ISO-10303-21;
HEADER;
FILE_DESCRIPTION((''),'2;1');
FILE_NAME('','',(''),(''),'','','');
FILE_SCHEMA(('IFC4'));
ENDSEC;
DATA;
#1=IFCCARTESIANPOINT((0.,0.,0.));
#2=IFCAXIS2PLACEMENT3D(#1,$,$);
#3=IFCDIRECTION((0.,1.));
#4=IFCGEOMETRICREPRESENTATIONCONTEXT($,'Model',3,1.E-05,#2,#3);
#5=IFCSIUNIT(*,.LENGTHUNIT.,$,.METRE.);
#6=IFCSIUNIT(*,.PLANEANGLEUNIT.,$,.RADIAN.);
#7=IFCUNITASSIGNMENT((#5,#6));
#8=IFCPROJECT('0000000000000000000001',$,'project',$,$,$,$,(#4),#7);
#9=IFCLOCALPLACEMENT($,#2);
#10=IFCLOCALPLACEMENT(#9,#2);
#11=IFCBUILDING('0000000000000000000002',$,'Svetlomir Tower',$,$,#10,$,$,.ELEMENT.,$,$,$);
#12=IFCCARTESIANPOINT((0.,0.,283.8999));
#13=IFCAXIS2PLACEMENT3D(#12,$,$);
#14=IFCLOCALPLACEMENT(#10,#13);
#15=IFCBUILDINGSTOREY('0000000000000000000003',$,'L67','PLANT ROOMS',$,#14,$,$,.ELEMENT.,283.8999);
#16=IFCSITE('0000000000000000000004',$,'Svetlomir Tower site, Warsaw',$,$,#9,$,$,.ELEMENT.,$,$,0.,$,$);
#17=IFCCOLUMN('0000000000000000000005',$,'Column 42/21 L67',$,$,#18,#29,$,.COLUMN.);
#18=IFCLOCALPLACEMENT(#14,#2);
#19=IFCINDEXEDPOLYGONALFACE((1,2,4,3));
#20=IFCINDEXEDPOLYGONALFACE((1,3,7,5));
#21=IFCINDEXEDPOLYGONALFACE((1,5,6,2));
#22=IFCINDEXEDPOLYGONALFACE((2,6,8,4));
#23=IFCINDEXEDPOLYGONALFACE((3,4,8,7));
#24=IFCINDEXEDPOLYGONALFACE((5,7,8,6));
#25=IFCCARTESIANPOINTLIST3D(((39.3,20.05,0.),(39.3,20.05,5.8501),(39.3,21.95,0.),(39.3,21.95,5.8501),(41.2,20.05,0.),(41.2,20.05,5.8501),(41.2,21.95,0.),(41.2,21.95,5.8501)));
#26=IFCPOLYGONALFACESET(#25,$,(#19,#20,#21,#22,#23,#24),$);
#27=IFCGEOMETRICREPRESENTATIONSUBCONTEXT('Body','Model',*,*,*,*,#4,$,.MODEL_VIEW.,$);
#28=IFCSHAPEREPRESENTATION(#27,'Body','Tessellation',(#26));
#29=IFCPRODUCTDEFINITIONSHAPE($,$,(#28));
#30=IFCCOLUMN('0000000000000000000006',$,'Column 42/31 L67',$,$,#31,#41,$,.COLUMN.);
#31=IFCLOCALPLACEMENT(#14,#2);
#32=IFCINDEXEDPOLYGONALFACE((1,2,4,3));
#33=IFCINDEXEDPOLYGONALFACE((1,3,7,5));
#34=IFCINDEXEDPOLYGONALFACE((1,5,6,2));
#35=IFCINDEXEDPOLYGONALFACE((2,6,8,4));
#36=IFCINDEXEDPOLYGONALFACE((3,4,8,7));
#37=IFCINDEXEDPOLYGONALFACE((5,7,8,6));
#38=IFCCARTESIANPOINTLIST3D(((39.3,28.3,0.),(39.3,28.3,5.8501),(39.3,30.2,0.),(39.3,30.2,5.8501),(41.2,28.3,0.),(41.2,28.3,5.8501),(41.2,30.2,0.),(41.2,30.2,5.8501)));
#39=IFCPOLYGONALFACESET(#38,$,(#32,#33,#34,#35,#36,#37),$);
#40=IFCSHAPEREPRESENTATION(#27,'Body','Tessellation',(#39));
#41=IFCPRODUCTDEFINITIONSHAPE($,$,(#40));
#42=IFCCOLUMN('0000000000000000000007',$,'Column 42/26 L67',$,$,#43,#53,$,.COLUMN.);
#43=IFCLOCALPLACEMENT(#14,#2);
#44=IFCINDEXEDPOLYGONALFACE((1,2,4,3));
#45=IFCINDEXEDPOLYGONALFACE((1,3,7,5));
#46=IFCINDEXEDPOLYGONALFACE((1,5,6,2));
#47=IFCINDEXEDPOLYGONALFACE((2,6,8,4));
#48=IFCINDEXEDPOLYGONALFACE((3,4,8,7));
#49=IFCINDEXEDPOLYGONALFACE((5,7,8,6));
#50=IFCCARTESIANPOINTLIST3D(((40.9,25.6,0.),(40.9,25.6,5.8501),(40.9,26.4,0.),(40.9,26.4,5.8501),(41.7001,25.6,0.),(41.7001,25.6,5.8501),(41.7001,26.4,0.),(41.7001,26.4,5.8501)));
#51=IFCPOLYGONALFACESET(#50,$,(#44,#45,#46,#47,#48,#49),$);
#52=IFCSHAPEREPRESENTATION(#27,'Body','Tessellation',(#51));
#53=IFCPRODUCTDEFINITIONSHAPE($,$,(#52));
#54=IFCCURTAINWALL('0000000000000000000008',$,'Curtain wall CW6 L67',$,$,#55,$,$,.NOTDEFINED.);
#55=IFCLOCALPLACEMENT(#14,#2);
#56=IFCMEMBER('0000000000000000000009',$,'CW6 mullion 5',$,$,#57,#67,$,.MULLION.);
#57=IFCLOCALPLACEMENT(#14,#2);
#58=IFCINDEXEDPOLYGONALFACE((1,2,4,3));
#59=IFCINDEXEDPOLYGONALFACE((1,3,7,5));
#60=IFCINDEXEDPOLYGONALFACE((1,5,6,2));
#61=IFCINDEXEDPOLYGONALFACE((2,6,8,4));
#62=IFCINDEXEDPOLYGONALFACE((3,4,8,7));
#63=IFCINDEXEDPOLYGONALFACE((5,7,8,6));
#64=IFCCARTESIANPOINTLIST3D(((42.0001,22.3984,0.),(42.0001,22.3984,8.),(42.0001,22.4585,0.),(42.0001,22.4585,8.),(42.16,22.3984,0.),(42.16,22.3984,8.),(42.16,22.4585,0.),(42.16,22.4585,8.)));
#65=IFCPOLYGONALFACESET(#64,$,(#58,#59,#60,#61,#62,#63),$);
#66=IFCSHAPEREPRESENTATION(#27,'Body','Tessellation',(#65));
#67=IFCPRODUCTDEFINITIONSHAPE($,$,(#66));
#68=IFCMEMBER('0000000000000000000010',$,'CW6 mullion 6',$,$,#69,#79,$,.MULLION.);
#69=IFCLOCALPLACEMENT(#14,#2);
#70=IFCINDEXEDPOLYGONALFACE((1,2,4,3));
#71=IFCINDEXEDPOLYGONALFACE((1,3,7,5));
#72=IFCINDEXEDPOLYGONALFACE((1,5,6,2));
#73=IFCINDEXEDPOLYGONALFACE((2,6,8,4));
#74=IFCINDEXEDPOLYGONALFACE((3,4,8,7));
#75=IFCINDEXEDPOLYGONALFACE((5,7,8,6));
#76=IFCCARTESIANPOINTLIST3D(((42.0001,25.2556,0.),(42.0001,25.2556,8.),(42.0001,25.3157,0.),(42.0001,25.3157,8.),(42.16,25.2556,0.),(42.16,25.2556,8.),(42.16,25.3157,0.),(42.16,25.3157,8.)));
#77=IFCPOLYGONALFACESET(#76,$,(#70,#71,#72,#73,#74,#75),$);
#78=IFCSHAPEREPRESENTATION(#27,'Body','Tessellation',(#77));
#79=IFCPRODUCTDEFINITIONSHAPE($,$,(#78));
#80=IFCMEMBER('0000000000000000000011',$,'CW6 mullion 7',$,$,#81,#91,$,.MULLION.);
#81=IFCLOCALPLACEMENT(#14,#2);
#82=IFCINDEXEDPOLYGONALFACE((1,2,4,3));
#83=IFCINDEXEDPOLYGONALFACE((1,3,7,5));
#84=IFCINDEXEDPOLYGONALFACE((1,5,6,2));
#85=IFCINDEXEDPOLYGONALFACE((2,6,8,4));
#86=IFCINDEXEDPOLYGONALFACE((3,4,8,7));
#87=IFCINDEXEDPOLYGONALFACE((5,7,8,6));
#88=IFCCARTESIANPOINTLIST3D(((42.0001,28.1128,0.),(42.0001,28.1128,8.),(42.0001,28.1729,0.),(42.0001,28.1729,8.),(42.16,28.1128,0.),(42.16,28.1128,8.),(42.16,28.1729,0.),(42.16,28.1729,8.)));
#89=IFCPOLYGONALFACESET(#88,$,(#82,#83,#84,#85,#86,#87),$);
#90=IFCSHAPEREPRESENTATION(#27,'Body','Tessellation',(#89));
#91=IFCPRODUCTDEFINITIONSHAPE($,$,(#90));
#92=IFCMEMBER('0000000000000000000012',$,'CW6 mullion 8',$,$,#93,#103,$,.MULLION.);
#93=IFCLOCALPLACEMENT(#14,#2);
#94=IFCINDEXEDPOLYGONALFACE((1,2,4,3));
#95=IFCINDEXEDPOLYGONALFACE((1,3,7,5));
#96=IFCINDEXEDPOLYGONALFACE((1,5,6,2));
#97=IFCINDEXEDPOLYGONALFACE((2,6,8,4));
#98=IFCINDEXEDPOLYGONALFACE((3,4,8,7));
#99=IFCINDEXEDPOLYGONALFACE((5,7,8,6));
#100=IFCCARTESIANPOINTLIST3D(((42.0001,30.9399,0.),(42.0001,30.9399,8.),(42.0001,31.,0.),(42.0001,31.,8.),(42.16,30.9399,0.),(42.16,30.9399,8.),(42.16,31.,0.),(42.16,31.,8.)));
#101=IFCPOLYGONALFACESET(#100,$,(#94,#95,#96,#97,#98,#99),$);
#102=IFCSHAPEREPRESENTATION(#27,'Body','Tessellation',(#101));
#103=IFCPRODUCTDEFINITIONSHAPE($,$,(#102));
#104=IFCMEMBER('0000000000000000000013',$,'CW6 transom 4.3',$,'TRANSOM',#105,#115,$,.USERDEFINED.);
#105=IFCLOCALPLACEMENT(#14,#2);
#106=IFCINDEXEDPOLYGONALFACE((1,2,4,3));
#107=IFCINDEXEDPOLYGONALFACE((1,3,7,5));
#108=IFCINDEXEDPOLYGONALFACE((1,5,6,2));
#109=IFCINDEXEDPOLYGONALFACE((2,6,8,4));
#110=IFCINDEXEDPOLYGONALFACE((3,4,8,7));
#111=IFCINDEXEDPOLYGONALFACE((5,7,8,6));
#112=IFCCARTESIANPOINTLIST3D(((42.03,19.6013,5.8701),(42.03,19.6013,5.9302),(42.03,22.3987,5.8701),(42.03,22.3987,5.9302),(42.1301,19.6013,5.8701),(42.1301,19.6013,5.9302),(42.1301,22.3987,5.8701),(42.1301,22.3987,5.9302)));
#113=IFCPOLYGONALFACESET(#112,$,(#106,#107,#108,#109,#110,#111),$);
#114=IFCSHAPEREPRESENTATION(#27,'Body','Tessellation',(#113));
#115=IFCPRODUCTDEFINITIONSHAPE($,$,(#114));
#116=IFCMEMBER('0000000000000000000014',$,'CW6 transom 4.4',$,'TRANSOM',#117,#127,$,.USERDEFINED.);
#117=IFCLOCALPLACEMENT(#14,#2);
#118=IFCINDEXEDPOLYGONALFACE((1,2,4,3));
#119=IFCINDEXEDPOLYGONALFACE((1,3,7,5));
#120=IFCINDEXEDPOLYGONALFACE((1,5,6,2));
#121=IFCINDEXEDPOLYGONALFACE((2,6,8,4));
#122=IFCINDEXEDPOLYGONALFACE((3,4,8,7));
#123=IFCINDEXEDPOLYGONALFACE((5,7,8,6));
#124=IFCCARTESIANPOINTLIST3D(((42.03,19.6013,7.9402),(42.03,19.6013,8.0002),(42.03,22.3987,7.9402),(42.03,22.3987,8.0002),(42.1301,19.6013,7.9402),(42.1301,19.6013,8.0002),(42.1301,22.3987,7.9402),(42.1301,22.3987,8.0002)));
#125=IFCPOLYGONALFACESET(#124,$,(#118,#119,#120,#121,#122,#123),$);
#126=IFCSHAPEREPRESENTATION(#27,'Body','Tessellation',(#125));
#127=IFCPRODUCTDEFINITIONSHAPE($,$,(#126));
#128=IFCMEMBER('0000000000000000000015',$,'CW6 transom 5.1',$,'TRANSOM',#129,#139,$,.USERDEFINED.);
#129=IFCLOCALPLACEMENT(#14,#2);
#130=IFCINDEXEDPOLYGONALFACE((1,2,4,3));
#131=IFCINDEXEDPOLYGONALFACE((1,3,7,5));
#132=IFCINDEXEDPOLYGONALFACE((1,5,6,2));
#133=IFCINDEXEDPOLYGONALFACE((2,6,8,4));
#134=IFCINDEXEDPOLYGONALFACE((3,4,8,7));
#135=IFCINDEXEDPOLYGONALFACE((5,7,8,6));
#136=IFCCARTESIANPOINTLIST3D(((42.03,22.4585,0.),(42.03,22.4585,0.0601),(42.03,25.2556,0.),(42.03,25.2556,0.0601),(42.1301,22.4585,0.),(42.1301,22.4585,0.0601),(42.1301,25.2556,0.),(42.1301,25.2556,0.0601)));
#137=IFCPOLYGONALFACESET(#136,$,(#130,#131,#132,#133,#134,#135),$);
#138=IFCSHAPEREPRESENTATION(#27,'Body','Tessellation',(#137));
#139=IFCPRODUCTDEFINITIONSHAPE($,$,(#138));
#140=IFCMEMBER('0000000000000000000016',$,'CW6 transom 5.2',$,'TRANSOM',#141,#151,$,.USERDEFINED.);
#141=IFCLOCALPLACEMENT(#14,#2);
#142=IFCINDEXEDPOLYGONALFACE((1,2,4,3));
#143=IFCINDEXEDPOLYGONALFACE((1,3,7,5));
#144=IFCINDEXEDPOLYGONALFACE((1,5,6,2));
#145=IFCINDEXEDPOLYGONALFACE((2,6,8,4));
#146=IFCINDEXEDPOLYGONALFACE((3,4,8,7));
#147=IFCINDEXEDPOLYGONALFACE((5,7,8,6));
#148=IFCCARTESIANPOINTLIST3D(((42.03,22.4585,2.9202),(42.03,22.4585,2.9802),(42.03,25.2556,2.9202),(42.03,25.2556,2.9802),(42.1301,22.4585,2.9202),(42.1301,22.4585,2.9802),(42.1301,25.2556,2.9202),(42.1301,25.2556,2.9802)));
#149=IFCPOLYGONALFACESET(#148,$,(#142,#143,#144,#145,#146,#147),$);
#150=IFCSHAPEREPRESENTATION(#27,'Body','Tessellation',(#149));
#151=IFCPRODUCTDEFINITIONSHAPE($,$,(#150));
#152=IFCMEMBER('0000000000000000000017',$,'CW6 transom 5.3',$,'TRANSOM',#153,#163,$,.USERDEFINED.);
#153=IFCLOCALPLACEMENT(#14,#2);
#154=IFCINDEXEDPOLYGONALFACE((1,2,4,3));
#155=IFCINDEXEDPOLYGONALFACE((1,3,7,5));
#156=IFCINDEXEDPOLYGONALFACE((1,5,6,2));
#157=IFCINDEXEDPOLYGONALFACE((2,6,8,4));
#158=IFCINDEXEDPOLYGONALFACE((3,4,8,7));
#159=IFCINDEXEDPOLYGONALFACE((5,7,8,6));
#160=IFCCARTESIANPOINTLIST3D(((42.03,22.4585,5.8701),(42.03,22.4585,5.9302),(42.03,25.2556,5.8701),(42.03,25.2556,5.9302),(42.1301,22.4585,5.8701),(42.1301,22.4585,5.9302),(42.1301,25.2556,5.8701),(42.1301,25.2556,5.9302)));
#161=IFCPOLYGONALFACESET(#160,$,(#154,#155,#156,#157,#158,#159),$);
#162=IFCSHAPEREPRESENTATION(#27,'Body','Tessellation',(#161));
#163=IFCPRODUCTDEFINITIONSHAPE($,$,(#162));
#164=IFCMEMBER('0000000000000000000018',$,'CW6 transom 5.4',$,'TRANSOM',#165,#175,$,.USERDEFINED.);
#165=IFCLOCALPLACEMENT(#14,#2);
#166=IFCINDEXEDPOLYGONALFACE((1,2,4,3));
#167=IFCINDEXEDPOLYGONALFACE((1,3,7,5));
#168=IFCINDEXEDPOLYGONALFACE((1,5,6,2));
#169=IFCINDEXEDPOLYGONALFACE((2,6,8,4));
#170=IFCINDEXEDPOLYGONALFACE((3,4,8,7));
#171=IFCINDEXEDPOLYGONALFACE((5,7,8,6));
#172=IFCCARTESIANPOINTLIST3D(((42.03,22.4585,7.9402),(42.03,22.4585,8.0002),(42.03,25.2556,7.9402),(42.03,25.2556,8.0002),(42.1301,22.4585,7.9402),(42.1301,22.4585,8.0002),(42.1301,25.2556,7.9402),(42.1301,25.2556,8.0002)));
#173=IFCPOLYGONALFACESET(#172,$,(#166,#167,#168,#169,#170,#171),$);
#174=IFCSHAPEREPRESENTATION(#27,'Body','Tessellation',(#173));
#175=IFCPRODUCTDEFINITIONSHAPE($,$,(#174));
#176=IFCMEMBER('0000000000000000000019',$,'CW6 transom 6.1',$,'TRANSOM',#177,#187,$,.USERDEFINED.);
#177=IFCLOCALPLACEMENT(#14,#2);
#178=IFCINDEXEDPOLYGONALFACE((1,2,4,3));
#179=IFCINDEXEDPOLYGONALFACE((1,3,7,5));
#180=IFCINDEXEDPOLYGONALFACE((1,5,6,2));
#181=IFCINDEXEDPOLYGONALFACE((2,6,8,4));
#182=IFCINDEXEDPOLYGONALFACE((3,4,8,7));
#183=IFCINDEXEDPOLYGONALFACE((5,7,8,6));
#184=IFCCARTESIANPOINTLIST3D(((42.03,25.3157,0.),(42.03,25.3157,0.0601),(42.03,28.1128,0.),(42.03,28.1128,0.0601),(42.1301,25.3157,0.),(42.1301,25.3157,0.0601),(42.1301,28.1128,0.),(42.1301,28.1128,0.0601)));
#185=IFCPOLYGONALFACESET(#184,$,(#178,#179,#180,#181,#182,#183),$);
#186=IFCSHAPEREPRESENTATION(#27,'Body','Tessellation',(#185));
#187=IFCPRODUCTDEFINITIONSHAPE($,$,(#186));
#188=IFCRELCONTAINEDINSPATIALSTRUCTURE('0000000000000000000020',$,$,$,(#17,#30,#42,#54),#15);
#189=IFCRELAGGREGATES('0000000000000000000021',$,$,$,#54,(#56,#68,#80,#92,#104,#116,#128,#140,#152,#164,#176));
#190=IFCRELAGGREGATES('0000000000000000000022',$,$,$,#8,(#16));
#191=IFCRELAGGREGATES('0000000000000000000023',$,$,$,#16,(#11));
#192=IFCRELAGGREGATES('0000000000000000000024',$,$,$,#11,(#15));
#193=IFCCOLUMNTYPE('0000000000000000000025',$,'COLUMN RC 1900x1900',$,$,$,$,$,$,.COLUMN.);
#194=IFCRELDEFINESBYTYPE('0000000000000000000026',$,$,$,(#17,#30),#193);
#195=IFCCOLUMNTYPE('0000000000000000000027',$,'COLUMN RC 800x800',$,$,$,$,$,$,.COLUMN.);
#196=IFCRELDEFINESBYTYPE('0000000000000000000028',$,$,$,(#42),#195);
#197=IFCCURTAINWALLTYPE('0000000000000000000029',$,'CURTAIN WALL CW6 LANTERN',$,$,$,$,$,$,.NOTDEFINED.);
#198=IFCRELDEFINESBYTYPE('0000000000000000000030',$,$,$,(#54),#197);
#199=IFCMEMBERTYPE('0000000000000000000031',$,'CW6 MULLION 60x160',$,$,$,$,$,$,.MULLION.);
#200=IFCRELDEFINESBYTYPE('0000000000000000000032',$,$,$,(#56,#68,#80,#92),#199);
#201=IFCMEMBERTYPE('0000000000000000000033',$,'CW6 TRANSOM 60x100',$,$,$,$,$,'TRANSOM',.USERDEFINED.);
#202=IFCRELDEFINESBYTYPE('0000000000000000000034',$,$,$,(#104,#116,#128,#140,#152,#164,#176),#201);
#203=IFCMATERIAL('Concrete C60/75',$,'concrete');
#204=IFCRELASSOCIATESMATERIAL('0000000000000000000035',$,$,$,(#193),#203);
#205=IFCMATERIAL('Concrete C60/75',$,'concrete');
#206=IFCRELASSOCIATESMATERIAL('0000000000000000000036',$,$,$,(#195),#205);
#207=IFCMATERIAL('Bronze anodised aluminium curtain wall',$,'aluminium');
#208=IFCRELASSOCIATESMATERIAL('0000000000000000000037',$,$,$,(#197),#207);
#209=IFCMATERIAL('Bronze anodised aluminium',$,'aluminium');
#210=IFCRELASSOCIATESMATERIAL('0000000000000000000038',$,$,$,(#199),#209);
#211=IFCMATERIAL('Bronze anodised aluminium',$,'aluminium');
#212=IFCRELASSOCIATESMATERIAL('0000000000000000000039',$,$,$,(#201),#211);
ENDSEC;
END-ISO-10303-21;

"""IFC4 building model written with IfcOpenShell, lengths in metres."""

from ifc_helpers import new_model, si_unit, direction, frame, origin, origin_2d, place, context, subcontext, project, spatial, rectangle, extrude, material, material_profile, profile_set, type_object, element, aggregate, save


model = new_model("IFC4")

# Units and contexts
model_context = context("Model", 3, precision=1e-05, world=origin(), true_north=direction((0.0, 1.0)))
body_context = subcontext(model_context, "Body", "Model", "MODEL_VIEW")
ifc_project = project(units=[si_unit("LENGTHUNIT", "METRE"), si_unit("PLANEANGLEUNIT", "RADIAN")], contexts=[model_context])

# Site, building, storey
site_placement = place(None, origin())
site = spatial("IfcSite", under=ifc_project, at=site_placement, Name="Svetlomir Tower site, Warsaw", CompositionType="ELEMENT", RefElevation=0.0)
building_placement = place(site_placement, origin())
building = spatial("IfcBuilding", under=site, at=building_placement, Name="Svetlomir Tower", CompositionType="ELEMENT")
storey_placement = place(building_placement, frame((0.0, 0.0, 283.8999)))
storey = spatial("IfcBuildingStorey", under=building, at=storey_placement, Name="L67", Description="PLANT ROOMS", CompositionType="ELEMENT", Elevation=283.8999)

# Columns
ifc_material_1 = material(Name="Concrete C60/75", Category="concrete")
ifc_material_profile_1 = material_profile(ifc_material_1, rectangle(XDim=1.8999, YDim=1.8999, at=origin_2d()), Name="RC 1900x1900")
ifc_profile_set_1 = profile_set([ifc_material_profile_1], Name="Concrete C60/75")
column_type_1 = type_object("IfcColumnType", Name="COLUMN RC 1900x1900", PredefinedType="COLUMN", material=ifc_profile_set_1)
for number, where, z_axis, x_axis, name in (
    (1, (40.25, 21.0, 0.0), (0.0, 0.0, 1.0), (1.0, 0.0, 0.0), "Column 42/21 L67"),
    (2, (40.25, 29.25, 0.0), (0.0, 0.0, 1.0), (1.0, 0.0, 0.0), "Column 42/31 L67"),
):
    element("IfcColumn", number, at=place(storey_placement, frame(where, z_axis=z_axis, x_axis=x_axis)), inside=storey, type_object=column_type_1, Name=name, PredefinedType="COLUMN", context=body_context, shape_type="SweptSolid", body=[
        extrude(rectangle(XDim=1.8999, YDim=1.8999, at=origin_2d()), origin(), (0.0, 0.0, 1.0), 5.8501),
    ])
ifc_material_2 = material(Name="Concrete C60/75", Category="concrete")
ifc_material_profile_2 = material_profile(ifc_material_2, rectangle(XDim=0.8, YDim=0.8, at=origin_2d()), Name="RC 800x800")
ifc_profile_set_2 = profile_set([ifc_material_profile_2], Name="Concrete C60/75")
column_type_2 = type_object("IfcColumnType", Name="COLUMN RC 800x800", PredefinedType="COLUMN", material=ifc_profile_set_2)
column_placement = place(storey_placement, frame((41.3, 26.0, 0.0), z_axis=(0.0, 0.0, 1.0), x_axis=(1.0, 0.0, 0.0)))
element("IfcColumn", 3, at=column_placement, inside=storey, type_object=column_type_2, Name="Column 42/26 L67", PredefinedType="COLUMN", context=body_context, shape_type="SweptSolid", body=[
    extrude(rectangle(XDim=0.8, YDim=0.8, at=origin_2d()), origin(), (0.0, 0.0, 1.0), 5.8501),
])

# Curtain wall, members
ifc_material_3 = material(Name="Bronze anodised aluminium curtain wall", Category="aluminium")
curtain_wall_type = type_object("IfcCurtainWallType", Name="CURTAIN WALL CW6 LANTERN", PredefinedType="NOTDEFINED", material=ifc_material_3)
curtain_wall_1_placement = place(storey_placement, origin())
curtain_wall_1 = element("IfcCurtainWall", 4, at=curtain_wall_1_placement, inside=storey, type_object=curtain_wall_type, Name="Curtain wall CW6 L67", PredefinedType="NOTDEFINED")
ifc_material_4 = material(Name="Bronze anodised aluminium", Category="aluminium")
ifc_material_profile_3 = material_profile(ifc_material_4, rectangle(XDim=0.0601, YDim=0.1599, at=origin_2d()), Name="AL 60x160")
ifc_profile_set_3 = profile_set([ifc_material_profile_3], Name="Bronze anodised aluminium 6063-T6")
member_type_1 = type_object("IfcMemberType", Name="CW6 MULLION 60x160", PredefinedType="MULLION", material=ifc_profile_set_3)
member_1_placement = place(storey_placement, frame((42.0801, 22.4285, 0.0), z_axis=(0.0, 0.0, 1.0), x_axis=(0.0, 1.0, 0.0)))
member_1 = element("IfcMember", 5, at=member_1_placement, type_object=member_type_1, Name="CW6 mullion 5", PredefinedType="MULLION", context=body_context, shape_type="SweptSolid", body=[
    extrude(rectangle(XDim=0.0601, YDim=0.1599, at=origin_2d()), origin(), (0.0, 0.0, 1.0), 8.0),
])
member_2_placement = place(storey_placement, frame((42.0801, 25.2856, 0.0), z_axis=(0.0, 0.0, 1.0), x_axis=(0.0, 1.0, 0.0)))
member_2 = element("IfcMember", 6, at=member_2_placement, type_object=member_type_1, Name="CW6 mullion 6", PredefinedType="MULLION", context=body_context, shape_type="SweptSolid", body=[
    extrude(rectangle(XDim=0.0601, YDim=0.1599, at=origin_2d()), origin(), (0.0, 0.0, 1.0), 8.0),
])
member_3_placement = place(storey_placement, frame((42.0801, 28.1428, 0.0), z_axis=(0.0, 0.0, 1.0), x_axis=(0.0, 1.0, 0.0)))
member_3 = element("IfcMember", 7, at=member_3_placement, type_object=member_type_1, Name="CW6 mullion 7", PredefinedType="MULLION", context=body_context, shape_type="SweptSolid", body=[
    extrude(rectangle(XDim=0.0601, YDim=0.1599, at=origin_2d()), origin(), (0.0, 0.0, 1.0), 8.0),
])
member_4_placement = place(storey_placement, frame((42.0801, 30.97, 0.0), z_axis=(0.0, 0.0, 1.0), x_axis=(0.0, 1.0, 0.0)))
member_4 = element("IfcMember", 8, at=member_4_placement, type_object=member_type_1, Name="CW6 mullion 8", PredefinedType="MULLION", context=body_context, shape_type="SweptSolid", body=[
    extrude(rectangle(XDim=0.0601, YDim=0.1599, at=origin_2d()), origin(), (0.0, 0.0, 1.0), 8.0),
])
ifc_material_5 = material(Name="Bronze anodised aluminium", Category="aluminium")
ifc_material_profile_4 = material_profile(ifc_material_5, rectangle(XDim=0.1001, YDim=0.0601, at=origin_2d()), Name="AL 100x60")
ifc_profile_set_4 = profile_set([ifc_material_profile_4], Name="Bronze anodised aluminium 6063-T6")
member_type_2 = type_object("IfcMemberType", Name="CW6 TRANSOM 60x100", ElementType="TRANSOM", PredefinedType="USERDEFINED", material=ifc_profile_set_4)
member_5_placement = place(storey_placement, frame((42.0801, 19.6013, 5.9001), z_axis=(0.0, 1.0, 0.0), x_axis=(-1.0, 0.0, 0.0)))
member_5 = element("IfcMember", 9, at=member_5_placement, type_object=member_type_2, Name="CW6 transom 4.3", ObjectType="TRANSOM", PredefinedType="USERDEFINED", context=body_context, shape_type="SweptSolid", body=[
    extrude(rectangle(XDim=0.1001, YDim=0.0601, at=origin_2d()), origin(), (0.0, 0.0, 1.0), 2.7974),
])
member_6_placement = place(storey_placement, frame((42.0801, 19.6013, 7.9702), z_axis=(0.0, 1.0, 0.0), x_axis=(-1.0, 0.0, 0.0)))
member_6 = element("IfcMember", 10, at=member_6_placement, type_object=member_type_2, Name="CW6 transom 4.4", ObjectType="TRANSOM", PredefinedType="USERDEFINED", context=body_context, shape_type="SweptSolid", body=[
    extrude(rectangle(XDim=0.1001, YDim=0.0601, at=origin_2d()), origin(), (0.0, 0.0, 1.0), 2.7974),
])
member_7_placement = place(storey_placement, frame((42.0801, 22.4585, 0.03), z_axis=(0.0, 1.0, 0.0), x_axis=(-1.0, 0.0, 0.0)))
member_7 = element("IfcMember", 11, at=member_7_placement, type_object=member_type_2, Name="CW6 transom 5.1", ObjectType="TRANSOM", PredefinedType="USERDEFINED", context=body_context, shape_type="SweptSolid", body=[
    extrude(rectangle(XDim=0.1001, YDim=0.0601, at=origin_2d()), origin(), (0.0, 0.0, 1.0), 2.7971),
])
member_8_placement = place(storey_placement, frame((42.0801, 22.4585, 2.9502), z_axis=(0.0, 1.0, 0.0), x_axis=(-1.0, 0.0, 0.0)))
member_8 = element("IfcMember", 12, at=member_8_placement, type_object=member_type_2, Name="CW6 transom 5.2", ObjectType="TRANSOM", PredefinedType="USERDEFINED", context=body_context, shape_type="SweptSolid", body=[
    extrude(rectangle(XDim=0.1001, YDim=0.0601, at=origin_2d()), origin(), (0.0, 0.0, 1.0), 2.7971),
])
member_9_placement = place(storey_placement, frame((42.0801, 22.4585, 5.9001), z_axis=(0.0, 1.0, 0.0), x_axis=(-1.0, 0.0, 0.0)))
member_9 = element("IfcMember", 13, at=member_9_placement, type_object=member_type_2, Name="CW6 transom 5.3", ObjectType="TRANSOM", PredefinedType="USERDEFINED", context=body_context, shape_type="SweptSolid", body=[
    extrude(rectangle(XDim=0.1001, YDim=0.0601, at=origin_2d()), origin(), (0.0, 0.0, 1.0), 2.7971),
])
member_10_placement = place(storey_placement, frame((42.0801, 22.4585, 7.9702), z_axis=(0.0, 1.0, 0.0), x_axis=(-1.0, 0.0, 0.0)))
member_10 = element("IfcMember", 14, at=member_10_placement, type_object=member_type_2, Name="CW6 transom 5.4", ObjectType="TRANSOM", PredefinedType="USERDEFINED", context=body_context, shape_type="SweptSolid", body=[
    extrude(rectangle(XDim=0.1001, YDim=0.0601, at=origin_2d()), origin(), (0.0, 0.0, 1.0), 2.7971),
])
member_11_placement = place(storey_placement, frame((42.0801, 25.3157, 0.03), z_axis=(0.0, 1.0, 0.0), x_axis=(-1.0, 0.0, 0.0)))
member_11 = element("IfcMember", 15, at=member_11_placement, type_object=member_type_2, Name="CW6 transom 6.1", ObjectType="TRANSOM", PredefinedType="USERDEFINED", context=body_context, shape_type="SweptSolid", body=[
    extrude(rectangle(XDim=0.1001, YDim=0.0601, at=origin_2d()), origin(), (0.0, 0.0, 1.0), 2.7971),
])
aggregate(curtain_wall_1, [member_1, member_2, member_3, member_4, member_5, member_6, member_7, member_8, member_9, member_10, member_11])

save(model, "model.ifc")
